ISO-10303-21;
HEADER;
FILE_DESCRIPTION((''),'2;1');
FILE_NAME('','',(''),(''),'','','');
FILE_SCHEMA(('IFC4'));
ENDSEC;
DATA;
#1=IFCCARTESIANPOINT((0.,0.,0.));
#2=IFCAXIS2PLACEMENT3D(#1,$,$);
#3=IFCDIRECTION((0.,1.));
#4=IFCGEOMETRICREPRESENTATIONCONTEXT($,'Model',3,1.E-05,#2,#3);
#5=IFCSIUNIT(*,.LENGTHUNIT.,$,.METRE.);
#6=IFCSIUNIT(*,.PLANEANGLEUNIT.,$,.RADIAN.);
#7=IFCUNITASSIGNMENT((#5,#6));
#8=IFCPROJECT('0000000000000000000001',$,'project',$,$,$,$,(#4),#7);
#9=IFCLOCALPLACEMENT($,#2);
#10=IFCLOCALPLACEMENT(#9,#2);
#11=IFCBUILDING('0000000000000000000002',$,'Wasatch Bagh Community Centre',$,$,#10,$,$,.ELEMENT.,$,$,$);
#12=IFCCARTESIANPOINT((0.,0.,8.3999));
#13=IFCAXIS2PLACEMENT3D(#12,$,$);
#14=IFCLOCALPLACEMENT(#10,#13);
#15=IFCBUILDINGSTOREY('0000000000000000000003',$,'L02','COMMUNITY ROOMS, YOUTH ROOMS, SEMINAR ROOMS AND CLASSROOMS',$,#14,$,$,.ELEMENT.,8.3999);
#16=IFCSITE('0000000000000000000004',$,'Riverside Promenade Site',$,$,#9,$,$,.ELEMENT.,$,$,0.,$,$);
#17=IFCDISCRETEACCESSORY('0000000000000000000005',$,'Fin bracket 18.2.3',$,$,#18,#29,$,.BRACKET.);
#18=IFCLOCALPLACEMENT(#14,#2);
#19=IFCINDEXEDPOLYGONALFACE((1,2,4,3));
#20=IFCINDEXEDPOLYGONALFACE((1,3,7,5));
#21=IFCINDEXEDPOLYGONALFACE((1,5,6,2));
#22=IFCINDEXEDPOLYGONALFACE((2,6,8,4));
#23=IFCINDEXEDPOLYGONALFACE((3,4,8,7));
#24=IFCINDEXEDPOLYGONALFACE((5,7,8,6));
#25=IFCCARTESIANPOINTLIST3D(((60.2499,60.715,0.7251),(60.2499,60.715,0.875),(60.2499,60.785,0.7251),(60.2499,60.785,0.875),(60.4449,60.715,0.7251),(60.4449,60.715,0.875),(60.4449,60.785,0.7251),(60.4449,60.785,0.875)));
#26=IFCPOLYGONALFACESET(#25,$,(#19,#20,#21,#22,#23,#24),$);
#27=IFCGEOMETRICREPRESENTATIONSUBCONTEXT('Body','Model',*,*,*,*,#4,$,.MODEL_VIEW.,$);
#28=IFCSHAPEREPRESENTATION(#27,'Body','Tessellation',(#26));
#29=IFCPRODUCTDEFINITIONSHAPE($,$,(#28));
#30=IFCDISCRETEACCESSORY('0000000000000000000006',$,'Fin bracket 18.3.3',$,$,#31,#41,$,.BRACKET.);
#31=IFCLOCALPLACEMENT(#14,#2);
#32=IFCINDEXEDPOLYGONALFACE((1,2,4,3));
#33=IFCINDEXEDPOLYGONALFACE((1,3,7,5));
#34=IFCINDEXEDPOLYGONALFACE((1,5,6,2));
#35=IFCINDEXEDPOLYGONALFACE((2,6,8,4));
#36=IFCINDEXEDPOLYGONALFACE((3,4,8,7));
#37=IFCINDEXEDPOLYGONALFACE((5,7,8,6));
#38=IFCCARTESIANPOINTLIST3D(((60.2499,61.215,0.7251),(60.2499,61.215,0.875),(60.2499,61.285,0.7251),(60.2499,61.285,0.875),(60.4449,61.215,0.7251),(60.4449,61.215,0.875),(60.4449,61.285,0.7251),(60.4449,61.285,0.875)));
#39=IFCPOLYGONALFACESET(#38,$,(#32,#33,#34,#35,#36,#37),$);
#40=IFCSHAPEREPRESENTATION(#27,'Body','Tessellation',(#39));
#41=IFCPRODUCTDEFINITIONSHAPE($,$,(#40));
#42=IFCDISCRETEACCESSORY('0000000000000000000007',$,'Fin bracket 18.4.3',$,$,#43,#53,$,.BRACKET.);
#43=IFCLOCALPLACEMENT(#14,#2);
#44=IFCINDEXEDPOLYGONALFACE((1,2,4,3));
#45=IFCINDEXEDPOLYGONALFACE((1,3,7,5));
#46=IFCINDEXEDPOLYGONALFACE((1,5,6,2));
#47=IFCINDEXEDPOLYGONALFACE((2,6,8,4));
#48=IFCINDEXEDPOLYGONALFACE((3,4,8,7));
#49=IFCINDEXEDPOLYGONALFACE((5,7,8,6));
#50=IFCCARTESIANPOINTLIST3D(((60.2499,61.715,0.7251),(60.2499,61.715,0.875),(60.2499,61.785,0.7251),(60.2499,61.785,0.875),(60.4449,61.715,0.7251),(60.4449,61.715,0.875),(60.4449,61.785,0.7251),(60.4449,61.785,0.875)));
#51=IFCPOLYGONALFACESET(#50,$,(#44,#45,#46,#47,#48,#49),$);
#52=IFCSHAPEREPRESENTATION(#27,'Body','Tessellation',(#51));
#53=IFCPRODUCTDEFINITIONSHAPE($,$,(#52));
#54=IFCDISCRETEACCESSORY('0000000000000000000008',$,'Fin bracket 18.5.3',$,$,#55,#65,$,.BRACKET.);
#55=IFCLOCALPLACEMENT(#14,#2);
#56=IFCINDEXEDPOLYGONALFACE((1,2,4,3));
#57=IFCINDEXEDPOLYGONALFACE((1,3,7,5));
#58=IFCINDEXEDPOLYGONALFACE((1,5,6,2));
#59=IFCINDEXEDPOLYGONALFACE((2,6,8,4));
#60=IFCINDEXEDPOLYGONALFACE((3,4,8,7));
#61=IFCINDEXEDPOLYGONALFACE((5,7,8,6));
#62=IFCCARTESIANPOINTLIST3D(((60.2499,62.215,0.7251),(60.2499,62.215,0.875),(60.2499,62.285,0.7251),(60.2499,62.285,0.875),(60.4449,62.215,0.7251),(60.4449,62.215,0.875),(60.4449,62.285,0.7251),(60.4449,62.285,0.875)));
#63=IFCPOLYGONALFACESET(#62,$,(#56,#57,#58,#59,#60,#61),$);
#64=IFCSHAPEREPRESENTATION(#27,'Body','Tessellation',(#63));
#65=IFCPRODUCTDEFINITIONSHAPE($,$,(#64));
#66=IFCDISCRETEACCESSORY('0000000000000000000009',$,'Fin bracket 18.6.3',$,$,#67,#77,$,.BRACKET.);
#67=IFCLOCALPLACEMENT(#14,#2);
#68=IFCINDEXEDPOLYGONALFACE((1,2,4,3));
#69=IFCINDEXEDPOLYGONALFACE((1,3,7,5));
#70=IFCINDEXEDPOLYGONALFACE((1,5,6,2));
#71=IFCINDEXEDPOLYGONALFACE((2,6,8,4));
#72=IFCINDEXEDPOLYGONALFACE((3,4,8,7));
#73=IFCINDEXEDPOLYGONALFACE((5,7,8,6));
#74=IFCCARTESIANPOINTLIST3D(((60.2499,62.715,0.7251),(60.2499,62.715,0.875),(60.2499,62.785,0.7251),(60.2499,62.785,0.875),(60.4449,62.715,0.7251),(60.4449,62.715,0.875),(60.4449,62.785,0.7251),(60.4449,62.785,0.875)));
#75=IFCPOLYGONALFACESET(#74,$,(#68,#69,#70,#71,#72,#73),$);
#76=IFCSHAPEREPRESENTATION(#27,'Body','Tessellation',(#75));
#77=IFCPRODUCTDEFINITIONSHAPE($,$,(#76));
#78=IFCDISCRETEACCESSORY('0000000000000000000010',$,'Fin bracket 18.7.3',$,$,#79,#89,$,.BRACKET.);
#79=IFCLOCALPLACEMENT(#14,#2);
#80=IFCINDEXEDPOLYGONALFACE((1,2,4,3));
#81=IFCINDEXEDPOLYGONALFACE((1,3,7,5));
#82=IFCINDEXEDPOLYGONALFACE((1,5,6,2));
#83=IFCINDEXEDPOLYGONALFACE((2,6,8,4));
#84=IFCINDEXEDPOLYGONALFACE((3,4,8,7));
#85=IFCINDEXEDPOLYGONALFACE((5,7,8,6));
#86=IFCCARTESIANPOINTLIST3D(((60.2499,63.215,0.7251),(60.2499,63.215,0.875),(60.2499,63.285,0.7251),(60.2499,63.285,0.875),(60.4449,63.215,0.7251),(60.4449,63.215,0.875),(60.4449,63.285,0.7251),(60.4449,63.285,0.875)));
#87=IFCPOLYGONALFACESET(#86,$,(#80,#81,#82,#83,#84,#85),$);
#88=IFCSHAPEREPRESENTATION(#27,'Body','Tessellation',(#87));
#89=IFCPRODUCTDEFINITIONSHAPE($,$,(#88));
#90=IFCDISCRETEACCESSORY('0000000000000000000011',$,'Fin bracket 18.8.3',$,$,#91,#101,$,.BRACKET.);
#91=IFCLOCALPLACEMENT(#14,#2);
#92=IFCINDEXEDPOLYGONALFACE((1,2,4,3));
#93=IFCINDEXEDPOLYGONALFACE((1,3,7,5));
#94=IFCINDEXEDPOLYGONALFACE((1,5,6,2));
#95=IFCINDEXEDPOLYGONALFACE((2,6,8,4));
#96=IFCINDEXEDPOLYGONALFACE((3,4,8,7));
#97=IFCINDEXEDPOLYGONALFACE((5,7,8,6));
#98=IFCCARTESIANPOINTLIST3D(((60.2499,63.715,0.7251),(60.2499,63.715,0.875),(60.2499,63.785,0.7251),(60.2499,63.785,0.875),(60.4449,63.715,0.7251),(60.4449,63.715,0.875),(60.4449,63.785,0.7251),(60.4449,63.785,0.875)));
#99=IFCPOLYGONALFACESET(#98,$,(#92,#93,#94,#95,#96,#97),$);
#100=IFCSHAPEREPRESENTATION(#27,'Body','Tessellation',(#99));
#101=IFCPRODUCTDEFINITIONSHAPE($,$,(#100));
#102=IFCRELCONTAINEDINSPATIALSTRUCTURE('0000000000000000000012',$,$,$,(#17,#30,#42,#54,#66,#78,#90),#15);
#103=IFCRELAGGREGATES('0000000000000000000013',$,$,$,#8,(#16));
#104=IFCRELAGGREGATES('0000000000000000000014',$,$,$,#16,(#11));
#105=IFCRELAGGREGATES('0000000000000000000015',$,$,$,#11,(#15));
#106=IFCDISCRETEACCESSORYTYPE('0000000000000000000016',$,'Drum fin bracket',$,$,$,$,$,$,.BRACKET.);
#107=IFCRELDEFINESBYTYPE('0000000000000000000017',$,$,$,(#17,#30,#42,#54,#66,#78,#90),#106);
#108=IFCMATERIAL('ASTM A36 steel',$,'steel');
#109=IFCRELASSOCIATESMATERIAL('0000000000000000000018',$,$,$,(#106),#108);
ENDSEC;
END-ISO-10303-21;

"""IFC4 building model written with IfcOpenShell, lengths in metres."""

from ifc_helpers import new_model, si_unit, direction, frame, origin, origin_2d, place, context, subcontext, project, spatial, rectangle, extrude, material, type_object, element, save


model = new_model("IFC4")

# Units and contexts
model_context = context("Model", 3, precision=1e-05, world=origin(), true_north=direction((0.0, 1.0)))
body_context = subcontext(model_context, "Body", "Model", "MODEL_VIEW")
ifc_project = project(units=[si_unit("LENGTHUNIT", "METRE"), si_unit("PLANEANGLEUNIT", "RADIAN")], contexts=[model_context])

# Site, building, storey
site_placement = place(None, origin())
site = spatial("IfcSite", under=ifc_project, at=site_placement, Name="Riverside Promenade Site", CompositionType="ELEMENT", RefElevation=0.0)
building_placement = place(site_placement, origin())
building = spatial("IfcBuilding", under=site, at=building_placement, Name="Wasatch Bagh Community Centre", CompositionType="ELEMENT")
storey_placement = place(building_placement, frame((0.0, 0.0, 8.3999)))
storey = spatial("IfcBuildingStorey", under=building, at=storey_placement, Name="L02", Description="COMMUNITY ROOMS, YOUTH ROOMS, SEMINAR ROOMS AND CLASSROOMS", CompositionType="ELEMENT", Elevation=8.3999)

# Discrete accessories
ifc_material_1 = material(Name="ASTM A36 steel", Category="steel")
discrete_accessory_type = type_object("IfcDiscreteAccessoryType", Name="Drum fin bracket", PredefinedType="BRACKET", material=ifc_material_1)
for number, where, z_axis, x_axis, name in (
    (1, (60.3474, 60.75, 0.7251), (0.0, 0.0, 1.0), (0.0, 1.0, 0.0), "Fin bracket 18.2.3"),
    (2, (60.3474, 61.25, 0.7251), (0.0, 0.0, 1.0), (0.0, 1.0, 0.0), "Fin bracket 18.3.3"),
    (3, (60.3474, 61.75, 0.7251), (0.0, 0.0, 1.0), (0.0, 1.0, 0.0), "Fin bracket 18.4.3"),
    (4, (60.3474, 62.25, 0.7251), (0.0, 0.0, 1.0), (0.0, 1.0, 0.0), "Fin bracket 18.5.3"),
    (5, (60.3474, 62.75, 0.7251), (0.0, 0.0, 1.0), (0.0, 1.0, 0.0), "Fin bracket 18.6.3"),
    (6, (60.3474, 63.25, 0.7251), (0.0, 0.0, 1.0), (0.0, 1.0, 0.0), "Fin bracket 18.7.3"),
    (7, (60.3474, 63.75, 0.7251), (0.0, 0.0, 1.0), (0.0, 1.0, 0.0), "Fin bracket 18.8.3"),
):
    element("IfcDiscreteAccessory", number, at=place(storey_placement, frame(where, z_axis=z_axis, x_axis=x_axis)), inside=storey, type_object=discrete_accessory_type, Name=name, PredefinedType="BRACKET", context=body_context, shape_type="SweptSolid", body=[
        extrude(rectangle(XDim=0.0701, YDim=0.1951, at=origin_2d()), origin(), (0.0, 0.0, 1.0), 0.1499),
    ])

save(model, "model.ifc")
